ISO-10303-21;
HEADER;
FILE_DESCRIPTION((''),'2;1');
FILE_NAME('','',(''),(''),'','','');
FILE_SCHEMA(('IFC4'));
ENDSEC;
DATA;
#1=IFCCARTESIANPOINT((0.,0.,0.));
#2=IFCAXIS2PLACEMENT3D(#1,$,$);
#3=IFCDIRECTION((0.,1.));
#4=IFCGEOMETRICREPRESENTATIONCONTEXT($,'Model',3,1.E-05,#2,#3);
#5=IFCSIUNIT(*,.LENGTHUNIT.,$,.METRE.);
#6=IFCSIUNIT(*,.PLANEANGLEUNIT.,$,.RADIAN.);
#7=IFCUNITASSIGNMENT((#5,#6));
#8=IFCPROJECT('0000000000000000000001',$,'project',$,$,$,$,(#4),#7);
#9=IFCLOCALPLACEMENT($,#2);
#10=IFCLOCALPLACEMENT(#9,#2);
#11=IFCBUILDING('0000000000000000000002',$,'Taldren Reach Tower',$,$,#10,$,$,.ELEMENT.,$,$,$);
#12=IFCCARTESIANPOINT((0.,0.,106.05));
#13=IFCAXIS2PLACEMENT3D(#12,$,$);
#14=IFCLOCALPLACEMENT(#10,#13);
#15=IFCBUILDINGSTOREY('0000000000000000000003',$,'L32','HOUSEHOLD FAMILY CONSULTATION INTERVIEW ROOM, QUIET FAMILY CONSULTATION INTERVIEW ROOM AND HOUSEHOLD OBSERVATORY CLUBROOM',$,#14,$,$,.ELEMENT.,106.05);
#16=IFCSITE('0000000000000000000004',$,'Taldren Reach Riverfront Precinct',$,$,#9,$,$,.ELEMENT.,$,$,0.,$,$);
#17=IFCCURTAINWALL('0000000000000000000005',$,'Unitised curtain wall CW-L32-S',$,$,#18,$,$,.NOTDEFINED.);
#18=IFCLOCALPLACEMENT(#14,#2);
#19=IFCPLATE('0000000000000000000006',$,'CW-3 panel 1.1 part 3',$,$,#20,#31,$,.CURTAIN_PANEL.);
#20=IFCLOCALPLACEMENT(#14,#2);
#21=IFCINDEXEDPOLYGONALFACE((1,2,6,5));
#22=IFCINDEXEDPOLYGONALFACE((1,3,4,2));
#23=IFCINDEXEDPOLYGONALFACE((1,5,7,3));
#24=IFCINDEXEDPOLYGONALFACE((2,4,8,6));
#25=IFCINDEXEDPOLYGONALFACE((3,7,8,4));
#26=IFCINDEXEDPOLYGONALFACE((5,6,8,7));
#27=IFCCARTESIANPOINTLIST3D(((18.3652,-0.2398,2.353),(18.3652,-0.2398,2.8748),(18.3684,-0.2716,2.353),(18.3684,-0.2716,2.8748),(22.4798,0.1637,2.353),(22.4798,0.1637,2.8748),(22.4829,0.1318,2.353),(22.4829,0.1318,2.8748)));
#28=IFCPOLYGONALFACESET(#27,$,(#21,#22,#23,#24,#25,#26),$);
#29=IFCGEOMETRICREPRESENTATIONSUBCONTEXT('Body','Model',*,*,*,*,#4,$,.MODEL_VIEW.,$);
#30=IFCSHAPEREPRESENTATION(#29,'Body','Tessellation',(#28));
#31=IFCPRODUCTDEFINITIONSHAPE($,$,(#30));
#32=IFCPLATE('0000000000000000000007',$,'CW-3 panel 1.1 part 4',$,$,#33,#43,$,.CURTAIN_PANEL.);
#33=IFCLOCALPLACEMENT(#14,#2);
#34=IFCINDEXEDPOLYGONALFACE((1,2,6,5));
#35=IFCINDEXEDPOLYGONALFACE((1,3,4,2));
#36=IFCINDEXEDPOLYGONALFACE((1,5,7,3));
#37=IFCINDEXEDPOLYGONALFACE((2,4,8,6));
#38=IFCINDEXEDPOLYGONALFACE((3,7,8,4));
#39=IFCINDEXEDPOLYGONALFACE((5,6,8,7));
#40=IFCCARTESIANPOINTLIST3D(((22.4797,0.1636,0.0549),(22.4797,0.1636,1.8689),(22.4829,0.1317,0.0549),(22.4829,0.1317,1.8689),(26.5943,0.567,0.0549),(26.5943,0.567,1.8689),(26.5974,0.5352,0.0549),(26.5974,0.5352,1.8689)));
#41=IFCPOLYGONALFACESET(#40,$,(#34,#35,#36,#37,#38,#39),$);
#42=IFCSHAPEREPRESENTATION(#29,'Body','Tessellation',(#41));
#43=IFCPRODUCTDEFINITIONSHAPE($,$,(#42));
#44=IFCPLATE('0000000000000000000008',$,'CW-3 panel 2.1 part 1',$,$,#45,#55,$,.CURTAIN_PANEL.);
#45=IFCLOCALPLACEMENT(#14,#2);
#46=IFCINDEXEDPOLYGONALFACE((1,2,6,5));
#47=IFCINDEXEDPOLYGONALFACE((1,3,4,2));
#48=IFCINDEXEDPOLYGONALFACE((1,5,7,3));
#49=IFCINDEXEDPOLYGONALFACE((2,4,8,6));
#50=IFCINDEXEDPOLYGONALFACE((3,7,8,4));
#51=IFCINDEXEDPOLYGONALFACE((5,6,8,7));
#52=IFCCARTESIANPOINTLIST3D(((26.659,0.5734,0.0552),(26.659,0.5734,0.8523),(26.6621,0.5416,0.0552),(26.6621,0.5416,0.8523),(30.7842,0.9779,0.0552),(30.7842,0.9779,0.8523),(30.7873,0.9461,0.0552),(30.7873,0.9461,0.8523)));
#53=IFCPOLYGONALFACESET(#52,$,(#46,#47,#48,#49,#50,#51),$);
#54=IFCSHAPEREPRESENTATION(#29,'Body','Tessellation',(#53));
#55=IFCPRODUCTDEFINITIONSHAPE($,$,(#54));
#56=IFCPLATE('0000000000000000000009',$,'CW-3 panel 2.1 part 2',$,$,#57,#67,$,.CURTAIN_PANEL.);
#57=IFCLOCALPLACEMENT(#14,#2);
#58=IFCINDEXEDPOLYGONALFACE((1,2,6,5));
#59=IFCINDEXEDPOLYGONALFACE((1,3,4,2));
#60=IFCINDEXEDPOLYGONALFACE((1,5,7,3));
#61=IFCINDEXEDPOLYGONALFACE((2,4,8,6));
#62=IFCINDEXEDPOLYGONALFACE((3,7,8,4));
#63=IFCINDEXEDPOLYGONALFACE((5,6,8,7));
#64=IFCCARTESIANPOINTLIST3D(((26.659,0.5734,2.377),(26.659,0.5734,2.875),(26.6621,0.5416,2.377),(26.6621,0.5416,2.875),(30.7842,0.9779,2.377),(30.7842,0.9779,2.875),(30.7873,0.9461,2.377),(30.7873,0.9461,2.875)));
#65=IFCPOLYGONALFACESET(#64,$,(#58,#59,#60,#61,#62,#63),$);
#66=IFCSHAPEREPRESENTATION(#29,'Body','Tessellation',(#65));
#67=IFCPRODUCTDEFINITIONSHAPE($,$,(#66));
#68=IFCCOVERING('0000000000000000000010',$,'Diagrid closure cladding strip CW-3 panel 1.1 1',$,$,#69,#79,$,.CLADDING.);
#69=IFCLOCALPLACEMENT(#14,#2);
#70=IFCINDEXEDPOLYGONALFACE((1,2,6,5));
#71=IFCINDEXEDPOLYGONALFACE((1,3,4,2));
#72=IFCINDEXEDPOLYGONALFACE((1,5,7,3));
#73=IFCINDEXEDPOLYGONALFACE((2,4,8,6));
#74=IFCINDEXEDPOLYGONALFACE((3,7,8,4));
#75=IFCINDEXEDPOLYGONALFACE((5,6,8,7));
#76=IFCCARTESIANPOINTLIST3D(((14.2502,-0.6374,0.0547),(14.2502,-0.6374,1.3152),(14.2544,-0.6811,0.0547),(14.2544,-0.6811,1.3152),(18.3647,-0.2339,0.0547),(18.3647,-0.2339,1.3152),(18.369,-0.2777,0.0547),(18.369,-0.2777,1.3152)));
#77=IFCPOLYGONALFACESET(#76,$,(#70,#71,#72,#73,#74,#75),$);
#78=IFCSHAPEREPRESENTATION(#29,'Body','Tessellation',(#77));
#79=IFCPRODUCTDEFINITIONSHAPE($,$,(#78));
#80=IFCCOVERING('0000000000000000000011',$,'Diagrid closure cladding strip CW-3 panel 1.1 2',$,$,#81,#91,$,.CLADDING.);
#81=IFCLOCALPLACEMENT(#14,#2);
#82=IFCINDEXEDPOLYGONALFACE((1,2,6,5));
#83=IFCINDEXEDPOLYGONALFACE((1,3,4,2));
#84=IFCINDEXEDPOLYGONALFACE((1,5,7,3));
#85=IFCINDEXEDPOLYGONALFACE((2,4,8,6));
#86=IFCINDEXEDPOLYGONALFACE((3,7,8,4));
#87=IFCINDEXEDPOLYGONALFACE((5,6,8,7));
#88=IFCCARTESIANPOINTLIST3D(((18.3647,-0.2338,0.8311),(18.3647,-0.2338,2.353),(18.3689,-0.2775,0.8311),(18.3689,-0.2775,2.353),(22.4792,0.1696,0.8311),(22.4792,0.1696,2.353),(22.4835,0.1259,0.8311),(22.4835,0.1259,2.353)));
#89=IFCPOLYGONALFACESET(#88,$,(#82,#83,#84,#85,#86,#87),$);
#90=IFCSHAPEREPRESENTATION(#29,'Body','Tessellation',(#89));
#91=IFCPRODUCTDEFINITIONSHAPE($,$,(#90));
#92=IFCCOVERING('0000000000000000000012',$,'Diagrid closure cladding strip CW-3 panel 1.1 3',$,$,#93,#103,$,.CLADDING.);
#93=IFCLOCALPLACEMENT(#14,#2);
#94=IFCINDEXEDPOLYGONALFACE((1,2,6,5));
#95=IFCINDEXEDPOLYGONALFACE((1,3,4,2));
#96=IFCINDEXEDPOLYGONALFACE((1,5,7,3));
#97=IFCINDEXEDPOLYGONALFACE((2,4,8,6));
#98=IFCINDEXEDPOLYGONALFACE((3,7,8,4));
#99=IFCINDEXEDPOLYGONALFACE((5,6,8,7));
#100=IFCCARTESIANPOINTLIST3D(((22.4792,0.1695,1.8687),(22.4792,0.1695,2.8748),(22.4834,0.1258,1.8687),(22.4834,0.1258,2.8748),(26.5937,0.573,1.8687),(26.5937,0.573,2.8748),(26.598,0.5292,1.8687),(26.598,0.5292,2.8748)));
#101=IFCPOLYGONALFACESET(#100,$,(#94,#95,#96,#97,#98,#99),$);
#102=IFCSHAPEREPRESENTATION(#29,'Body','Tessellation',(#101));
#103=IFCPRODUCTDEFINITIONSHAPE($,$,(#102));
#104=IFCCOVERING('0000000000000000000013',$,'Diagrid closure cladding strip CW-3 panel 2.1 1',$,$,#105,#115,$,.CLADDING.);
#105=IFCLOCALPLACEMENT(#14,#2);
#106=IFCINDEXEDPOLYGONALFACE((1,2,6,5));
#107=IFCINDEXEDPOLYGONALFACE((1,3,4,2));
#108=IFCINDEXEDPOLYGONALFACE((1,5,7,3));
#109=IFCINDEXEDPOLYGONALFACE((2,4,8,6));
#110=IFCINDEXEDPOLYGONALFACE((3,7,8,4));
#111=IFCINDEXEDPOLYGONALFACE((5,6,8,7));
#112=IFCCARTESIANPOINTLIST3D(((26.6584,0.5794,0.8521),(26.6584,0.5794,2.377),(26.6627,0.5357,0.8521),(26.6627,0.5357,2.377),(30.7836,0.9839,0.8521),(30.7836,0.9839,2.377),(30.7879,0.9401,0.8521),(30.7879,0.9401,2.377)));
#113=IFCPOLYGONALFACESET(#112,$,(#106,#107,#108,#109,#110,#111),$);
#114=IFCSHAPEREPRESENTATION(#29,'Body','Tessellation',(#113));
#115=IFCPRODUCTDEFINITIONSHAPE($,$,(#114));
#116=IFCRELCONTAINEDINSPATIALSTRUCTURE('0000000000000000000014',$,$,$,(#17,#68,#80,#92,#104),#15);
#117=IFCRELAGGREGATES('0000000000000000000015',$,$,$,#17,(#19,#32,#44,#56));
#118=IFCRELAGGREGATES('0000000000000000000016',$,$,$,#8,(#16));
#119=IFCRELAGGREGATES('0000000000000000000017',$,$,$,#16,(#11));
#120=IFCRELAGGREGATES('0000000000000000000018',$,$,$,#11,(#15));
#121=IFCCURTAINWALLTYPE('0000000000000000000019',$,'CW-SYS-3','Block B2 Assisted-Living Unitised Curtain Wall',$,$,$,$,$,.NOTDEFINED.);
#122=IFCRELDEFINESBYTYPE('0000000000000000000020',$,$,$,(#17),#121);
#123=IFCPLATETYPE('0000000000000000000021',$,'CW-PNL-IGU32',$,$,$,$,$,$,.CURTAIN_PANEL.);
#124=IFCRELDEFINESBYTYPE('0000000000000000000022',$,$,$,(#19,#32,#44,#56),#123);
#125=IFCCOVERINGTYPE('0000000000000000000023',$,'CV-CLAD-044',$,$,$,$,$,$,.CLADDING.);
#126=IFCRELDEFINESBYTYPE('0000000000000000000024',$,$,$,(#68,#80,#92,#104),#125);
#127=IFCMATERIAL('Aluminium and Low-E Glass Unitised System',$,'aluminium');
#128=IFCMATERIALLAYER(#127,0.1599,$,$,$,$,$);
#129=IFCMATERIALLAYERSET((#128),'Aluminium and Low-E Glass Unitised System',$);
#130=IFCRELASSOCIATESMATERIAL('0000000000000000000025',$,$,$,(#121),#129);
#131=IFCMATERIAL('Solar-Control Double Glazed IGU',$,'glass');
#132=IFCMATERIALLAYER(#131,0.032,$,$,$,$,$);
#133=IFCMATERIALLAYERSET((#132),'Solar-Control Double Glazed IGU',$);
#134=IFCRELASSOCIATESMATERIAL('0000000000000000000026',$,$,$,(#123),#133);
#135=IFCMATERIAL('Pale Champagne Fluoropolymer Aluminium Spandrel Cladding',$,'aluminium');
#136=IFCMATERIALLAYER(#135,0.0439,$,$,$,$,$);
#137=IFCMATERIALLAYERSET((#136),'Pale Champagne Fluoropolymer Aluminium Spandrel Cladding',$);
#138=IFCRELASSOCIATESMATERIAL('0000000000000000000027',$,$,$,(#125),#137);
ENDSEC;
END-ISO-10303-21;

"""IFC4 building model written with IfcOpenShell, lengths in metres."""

from ifc_helpers import new_model, si_unit, direction, frame, origin, origin_2d, place, context, subcontext, project, spatial, rectangle, extrude, source, transform, mapped, material, layer, layer_set, type_object, element, aggregate, save


model = new_model("IFC4")

# Units and contexts
model_context = context("Model", 3, precision=1e-05, world=origin(), true_north=direction((0.0, 1.0)))
body_context = subcontext(model_context, "Body", "Model", "MODEL_VIEW")
ifc_project = project(units=[si_unit("LENGTHUNIT", "METRE"), si_unit("PLANEANGLEUNIT", "RADIAN")], contexts=[model_context])

# Site, building, storey
site_placement = place(None, origin())
site = spatial("IfcSite", under=ifc_project, at=site_placement, Name="Taldren Reach Riverfront Precinct", CompositionType="ELEMENT", RefElevation=0.0)
building_placement = place(site_placement, origin())
building = spatial("IfcBuilding", under=site, at=building_placement, Name="Taldren Reach Tower", CompositionType="ELEMENT")
storey_placement = place(building_placement, frame((0.0, 0.0, 106.05)))
storey = spatial("IfcBuildingStorey", under=building, at=storey_placement, Name="L32", Description="HOUSEHOLD FAMILY CONSULTATION INTERVIEW ROOM, QUIET FAMILY CONSULTATION INTERVIEW ROOM AND HOUSEHOLD OBSERVATORY CLUBROOM", CompositionType="ELEMENT", Elevation=106.05)

# Curtain wall
ifc_material_1 = material(Name="Aluminium and Low-E Glass Unitised System", Category="aluminium")
ifc_layer_1 = layer(ifc_material_1, 0.1599)
ifc_layer_set_1 = layer_set([ifc_layer_1], Name="Aluminium and Low-E Glass Unitised System")
curtain_wall_type = type_object("IfcCurtainWallType", Name="CW-SYS-3", Description="Block B2 Assisted-Living Unitised Curtain Wall", PredefinedType="NOTDEFINED", material=ifc_layer_set_1)
curtain_wall_placement = place(storey_placement, origin())
curtain_wall = element("IfcCurtainWall", 1, at=curtain_wall_placement, inside=storey, type_object=curtain_wall_type, Name="Unitised curtain wall CW-L32-S", PredefinedType="NOTDEFINED")

# Plates
ifc_material_2 = material(Name="Solar-Control Double Glazed IGU", Category="glass")
ifc_layer_2 = layer(ifc_material_2, 0.032)
ifc_layer_set_2 = layer_set([ifc_layer_2], Name="Solar-Control Double Glazed IGU")
plate_type_1 = type_object("IfcPlateType", Name="CW-PNL-IGU32", PredefinedType="CURTAIN_PANEL", material=ifc_layer_set_2)
shared_shape_1 = source(origin(), body_context, "Body", "SweptSolid", [
    extrude(rectangle(XDim=4.1343, YDim=0.032, at=origin_2d()), origin(), (0.0, 0.0, 1.0), 0.5217),
])
plate_1_placement = place(storey_placement, frame((20.4241, -0.054, 2.353), z_axis=(0.0, 0.0, 1.0), x_axis=(0.995227, 0.097583, 0.0)))
plate_1 = element("IfcPlate", 2, at=plate_1_placement, type_object=plate_type_1, Name="CW-3 panel 1.1 part 3", PredefinedType="CURTAIN_PANEL", context=body_context, shape_type="MappedRepresentation", body=[
    mapped(shared_shape_1, transform((0.0, 0.0, 0.0), scale=1.0)),
])
shared_shape_2 = source(origin(), body_context, "Body", "SweptSolid", [
    extrude(rectangle(XDim=4.1343, YDim=0.032, at=origin_2d()), origin(), (0.0, 0.0, 1.0), 1.814),
])
plate_2_placement = place(storey_placement, frame((24.5386, 0.3494, 0.0549), z_axis=(0.0, 0.0, 1.0), x_axis=(0.995227, 0.097583, 0.0)))
plate_2 = element("IfcPlate", 3, at=plate_2_placement, type_object=plate_type_1, Name="CW-3 panel 1.1 part 4", PredefinedType="CURTAIN_PANEL", context=body_context, shape_type="MappedRepresentation", body=[
    mapped(shared_shape_2, transform((0.0, 0.0, 0.0), scale=1.0)),
])
shared_shape_3 = source(origin(), body_context, "Body", "SweptSolid", [
    extrude(rectangle(XDim=4.145, YDim=0.032, at=origin_2d()), origin(), (0.0, 0.0, 1.0), 0.7971),
])
plate_3_placement = place(storey_placement, frame((28.7231, 0.7598, 0.0552), z_axis=(0.0, 0.0, 1.0), x_axis=(0.995227, 0.097583, 0.0)))
plate_3 = element("IfcPlate", 4, at=plate_3_placement, type_object=plate_type_1, Name="CW-3 panel 2.1 part 1", PredefinedType="CURTAIN_PANEL", context=body_context, shape_type="MappedRepresentation", body=[
    mapped(shared_shape_3, transform((0.0, 0.0, 0.0), scale=1.0)),
])
shared_shape_4 = source(origin(), body_context, "Body", "SweptSolid", [
    extrude(rectangle(XDim=4.145, YDim=0.032, at=origin_2d()), origin(), (0.0, 0.0, 1.0), 0.498),
])
plate_4_placement = place(storey_placement, frame((28.7231, 0.7598, 2.377), z_axis=(0.0, 0.0, 1.0), x_axis=(0.995227, 0.097583, 0.0)))
plate_4 = element("IfcPlate", 5, at=plate_4_placement, type_object=plate_type_1, Name="CW-3 panel 2.1 part 2", PredefinedType="CURTAIN_PANEL", context=body_context, shape_type="MappedRepresentation", body=[
    mapped(shared_shape_4, transform((0.0, 0.0, 0.0), scale=1.0)),
])
aggregate(curtain_wall, [plate_1, plate_2, plate_3, plate_4])

# Coverings
ifc_material_3 = material(Name="Pale Champagne Fluoropolymer Aluminium Spandrel Cladding", Category="aluminium")
ifc_layer_3 = layer(ifc_material_3, 0.0439)
ifc_layer_set_3 = layer_set([ifc_layer_3], Name="Pale Champagne Fluoropolymer Aluminium Spandrel Cladding")
covering_type = type_object("IfcCoveringType", Name="CV-CLAD-044", PredefinedType="CLADDING", material=ifc_layer_set_3)
shared_shape_5 = source(origin(), body_context, "Body", "SweptSolid", [
    extrude(rectangle(XDim=4.1343, YDim=0.0439, at=origin_2d()), origin(), (0.0, 0.0, 1.0), 1.2605),
])
covering_1_placement = place(storey_placement, frame((16.3096, -0.4575, 0.0547), z_axis=(0.0, 0.0, 1.0), x_axis=(0.995227, 0.097583, 0.0)))
element("IfcCovering", 6, at=covering_1_placement, inside=storey, type_object=covering_type, Name="Diagrid closure cladding strip CW-3 panel 1.1 1", PredefinedType="CLADDING", context=body_context, shape_type="MappedRepresentation", body=[
    mapped(shared_shape_5, transform((0.0, 0.0, 0.0), scale=1.0)),
])
shared_shape_6 = source(origin(), body_context, "Body", "SweptSolid", [
    extrude(rectangle(XDim=4.1343, YDim=0.0439, at=origin_2d()), origin(), (0.0, 0.0, 1.0), 1.522),
])
covering_2_placement = place(storey_placement, frame((20.4241, -0.054, 0.8311), z_axis=(0.0, 0.0, 1.0), x_axis=(0.995227, 0.097583, 0.0)))
element("IfcCovering", 7, at=covering_2_placement, inside=storey, type_object=covering_type, Name="Diagrid closure cladding strip CW-3 panel 1.1 2", PredefinedType="CLADDING", context=body_context, shape_type="MappedRepresentation", body=[
    mapped(shared_shape_6, transform((0.0, 0.0, 0.0), scale=1.0)),
])
shared_shape_7 = source(origin(), body_context, "Body", "SweptSolid", [
    extrude(rectangle(XDim=4.1343, YDim=0.0439, at=origin_2d()), origin(), (0.0, 0.0, 1.0), 1.0061),
])
covering_3_placement = place(storey_placement, frame((24.5386, 0.3494, 1.8687), z_axis=(0.0, 0.0, 1.0), x_axis=(0.995227, 0.097583, 0.0)))
element("IfcCovering", 8, at=covering_3_placement, inside=storey, type_object=covering_type, Name="Diagrid closure cladding strip CW-3 panel 1.1 3", PredefinedType="CLADDING", context=body_context, shape_type="MappedRepresentation", body=[
    mapped(shared_shape_7, transform((0.0, 0.0, 0.0), scale=1.0)),
])
shared_shape_8 = source(origin(), body_context, "Body", "SweptSolid", [
    extrude(rectangle(XDim=4.145, YDim=0.0439, at=origin_2d()), origin(), (0.0, 0.0, 1.0), 1.5249),
])
covering_4_placement = place(storey_placement, frame((28.7231, 0.7598, 0.8521), z_axis=(0.0, 0.0, 1.0), x_axis=(0.995227, 0.097583, 0.0)))
element("IfcCovering", 9, at=covering_4_placement, inside=storey, type_object=covering_type, Name="Diagrid closure cladding strip CW-3 panel 2.1 1", PredefinedType="CLADDING", context=body_context, shape_type="MappedRepresentation", body=[
    mapped(shared_shape_8, transform((0.0, 0.0, 0.0), scale=1.0)),
])

save(model, "model.ifc")
